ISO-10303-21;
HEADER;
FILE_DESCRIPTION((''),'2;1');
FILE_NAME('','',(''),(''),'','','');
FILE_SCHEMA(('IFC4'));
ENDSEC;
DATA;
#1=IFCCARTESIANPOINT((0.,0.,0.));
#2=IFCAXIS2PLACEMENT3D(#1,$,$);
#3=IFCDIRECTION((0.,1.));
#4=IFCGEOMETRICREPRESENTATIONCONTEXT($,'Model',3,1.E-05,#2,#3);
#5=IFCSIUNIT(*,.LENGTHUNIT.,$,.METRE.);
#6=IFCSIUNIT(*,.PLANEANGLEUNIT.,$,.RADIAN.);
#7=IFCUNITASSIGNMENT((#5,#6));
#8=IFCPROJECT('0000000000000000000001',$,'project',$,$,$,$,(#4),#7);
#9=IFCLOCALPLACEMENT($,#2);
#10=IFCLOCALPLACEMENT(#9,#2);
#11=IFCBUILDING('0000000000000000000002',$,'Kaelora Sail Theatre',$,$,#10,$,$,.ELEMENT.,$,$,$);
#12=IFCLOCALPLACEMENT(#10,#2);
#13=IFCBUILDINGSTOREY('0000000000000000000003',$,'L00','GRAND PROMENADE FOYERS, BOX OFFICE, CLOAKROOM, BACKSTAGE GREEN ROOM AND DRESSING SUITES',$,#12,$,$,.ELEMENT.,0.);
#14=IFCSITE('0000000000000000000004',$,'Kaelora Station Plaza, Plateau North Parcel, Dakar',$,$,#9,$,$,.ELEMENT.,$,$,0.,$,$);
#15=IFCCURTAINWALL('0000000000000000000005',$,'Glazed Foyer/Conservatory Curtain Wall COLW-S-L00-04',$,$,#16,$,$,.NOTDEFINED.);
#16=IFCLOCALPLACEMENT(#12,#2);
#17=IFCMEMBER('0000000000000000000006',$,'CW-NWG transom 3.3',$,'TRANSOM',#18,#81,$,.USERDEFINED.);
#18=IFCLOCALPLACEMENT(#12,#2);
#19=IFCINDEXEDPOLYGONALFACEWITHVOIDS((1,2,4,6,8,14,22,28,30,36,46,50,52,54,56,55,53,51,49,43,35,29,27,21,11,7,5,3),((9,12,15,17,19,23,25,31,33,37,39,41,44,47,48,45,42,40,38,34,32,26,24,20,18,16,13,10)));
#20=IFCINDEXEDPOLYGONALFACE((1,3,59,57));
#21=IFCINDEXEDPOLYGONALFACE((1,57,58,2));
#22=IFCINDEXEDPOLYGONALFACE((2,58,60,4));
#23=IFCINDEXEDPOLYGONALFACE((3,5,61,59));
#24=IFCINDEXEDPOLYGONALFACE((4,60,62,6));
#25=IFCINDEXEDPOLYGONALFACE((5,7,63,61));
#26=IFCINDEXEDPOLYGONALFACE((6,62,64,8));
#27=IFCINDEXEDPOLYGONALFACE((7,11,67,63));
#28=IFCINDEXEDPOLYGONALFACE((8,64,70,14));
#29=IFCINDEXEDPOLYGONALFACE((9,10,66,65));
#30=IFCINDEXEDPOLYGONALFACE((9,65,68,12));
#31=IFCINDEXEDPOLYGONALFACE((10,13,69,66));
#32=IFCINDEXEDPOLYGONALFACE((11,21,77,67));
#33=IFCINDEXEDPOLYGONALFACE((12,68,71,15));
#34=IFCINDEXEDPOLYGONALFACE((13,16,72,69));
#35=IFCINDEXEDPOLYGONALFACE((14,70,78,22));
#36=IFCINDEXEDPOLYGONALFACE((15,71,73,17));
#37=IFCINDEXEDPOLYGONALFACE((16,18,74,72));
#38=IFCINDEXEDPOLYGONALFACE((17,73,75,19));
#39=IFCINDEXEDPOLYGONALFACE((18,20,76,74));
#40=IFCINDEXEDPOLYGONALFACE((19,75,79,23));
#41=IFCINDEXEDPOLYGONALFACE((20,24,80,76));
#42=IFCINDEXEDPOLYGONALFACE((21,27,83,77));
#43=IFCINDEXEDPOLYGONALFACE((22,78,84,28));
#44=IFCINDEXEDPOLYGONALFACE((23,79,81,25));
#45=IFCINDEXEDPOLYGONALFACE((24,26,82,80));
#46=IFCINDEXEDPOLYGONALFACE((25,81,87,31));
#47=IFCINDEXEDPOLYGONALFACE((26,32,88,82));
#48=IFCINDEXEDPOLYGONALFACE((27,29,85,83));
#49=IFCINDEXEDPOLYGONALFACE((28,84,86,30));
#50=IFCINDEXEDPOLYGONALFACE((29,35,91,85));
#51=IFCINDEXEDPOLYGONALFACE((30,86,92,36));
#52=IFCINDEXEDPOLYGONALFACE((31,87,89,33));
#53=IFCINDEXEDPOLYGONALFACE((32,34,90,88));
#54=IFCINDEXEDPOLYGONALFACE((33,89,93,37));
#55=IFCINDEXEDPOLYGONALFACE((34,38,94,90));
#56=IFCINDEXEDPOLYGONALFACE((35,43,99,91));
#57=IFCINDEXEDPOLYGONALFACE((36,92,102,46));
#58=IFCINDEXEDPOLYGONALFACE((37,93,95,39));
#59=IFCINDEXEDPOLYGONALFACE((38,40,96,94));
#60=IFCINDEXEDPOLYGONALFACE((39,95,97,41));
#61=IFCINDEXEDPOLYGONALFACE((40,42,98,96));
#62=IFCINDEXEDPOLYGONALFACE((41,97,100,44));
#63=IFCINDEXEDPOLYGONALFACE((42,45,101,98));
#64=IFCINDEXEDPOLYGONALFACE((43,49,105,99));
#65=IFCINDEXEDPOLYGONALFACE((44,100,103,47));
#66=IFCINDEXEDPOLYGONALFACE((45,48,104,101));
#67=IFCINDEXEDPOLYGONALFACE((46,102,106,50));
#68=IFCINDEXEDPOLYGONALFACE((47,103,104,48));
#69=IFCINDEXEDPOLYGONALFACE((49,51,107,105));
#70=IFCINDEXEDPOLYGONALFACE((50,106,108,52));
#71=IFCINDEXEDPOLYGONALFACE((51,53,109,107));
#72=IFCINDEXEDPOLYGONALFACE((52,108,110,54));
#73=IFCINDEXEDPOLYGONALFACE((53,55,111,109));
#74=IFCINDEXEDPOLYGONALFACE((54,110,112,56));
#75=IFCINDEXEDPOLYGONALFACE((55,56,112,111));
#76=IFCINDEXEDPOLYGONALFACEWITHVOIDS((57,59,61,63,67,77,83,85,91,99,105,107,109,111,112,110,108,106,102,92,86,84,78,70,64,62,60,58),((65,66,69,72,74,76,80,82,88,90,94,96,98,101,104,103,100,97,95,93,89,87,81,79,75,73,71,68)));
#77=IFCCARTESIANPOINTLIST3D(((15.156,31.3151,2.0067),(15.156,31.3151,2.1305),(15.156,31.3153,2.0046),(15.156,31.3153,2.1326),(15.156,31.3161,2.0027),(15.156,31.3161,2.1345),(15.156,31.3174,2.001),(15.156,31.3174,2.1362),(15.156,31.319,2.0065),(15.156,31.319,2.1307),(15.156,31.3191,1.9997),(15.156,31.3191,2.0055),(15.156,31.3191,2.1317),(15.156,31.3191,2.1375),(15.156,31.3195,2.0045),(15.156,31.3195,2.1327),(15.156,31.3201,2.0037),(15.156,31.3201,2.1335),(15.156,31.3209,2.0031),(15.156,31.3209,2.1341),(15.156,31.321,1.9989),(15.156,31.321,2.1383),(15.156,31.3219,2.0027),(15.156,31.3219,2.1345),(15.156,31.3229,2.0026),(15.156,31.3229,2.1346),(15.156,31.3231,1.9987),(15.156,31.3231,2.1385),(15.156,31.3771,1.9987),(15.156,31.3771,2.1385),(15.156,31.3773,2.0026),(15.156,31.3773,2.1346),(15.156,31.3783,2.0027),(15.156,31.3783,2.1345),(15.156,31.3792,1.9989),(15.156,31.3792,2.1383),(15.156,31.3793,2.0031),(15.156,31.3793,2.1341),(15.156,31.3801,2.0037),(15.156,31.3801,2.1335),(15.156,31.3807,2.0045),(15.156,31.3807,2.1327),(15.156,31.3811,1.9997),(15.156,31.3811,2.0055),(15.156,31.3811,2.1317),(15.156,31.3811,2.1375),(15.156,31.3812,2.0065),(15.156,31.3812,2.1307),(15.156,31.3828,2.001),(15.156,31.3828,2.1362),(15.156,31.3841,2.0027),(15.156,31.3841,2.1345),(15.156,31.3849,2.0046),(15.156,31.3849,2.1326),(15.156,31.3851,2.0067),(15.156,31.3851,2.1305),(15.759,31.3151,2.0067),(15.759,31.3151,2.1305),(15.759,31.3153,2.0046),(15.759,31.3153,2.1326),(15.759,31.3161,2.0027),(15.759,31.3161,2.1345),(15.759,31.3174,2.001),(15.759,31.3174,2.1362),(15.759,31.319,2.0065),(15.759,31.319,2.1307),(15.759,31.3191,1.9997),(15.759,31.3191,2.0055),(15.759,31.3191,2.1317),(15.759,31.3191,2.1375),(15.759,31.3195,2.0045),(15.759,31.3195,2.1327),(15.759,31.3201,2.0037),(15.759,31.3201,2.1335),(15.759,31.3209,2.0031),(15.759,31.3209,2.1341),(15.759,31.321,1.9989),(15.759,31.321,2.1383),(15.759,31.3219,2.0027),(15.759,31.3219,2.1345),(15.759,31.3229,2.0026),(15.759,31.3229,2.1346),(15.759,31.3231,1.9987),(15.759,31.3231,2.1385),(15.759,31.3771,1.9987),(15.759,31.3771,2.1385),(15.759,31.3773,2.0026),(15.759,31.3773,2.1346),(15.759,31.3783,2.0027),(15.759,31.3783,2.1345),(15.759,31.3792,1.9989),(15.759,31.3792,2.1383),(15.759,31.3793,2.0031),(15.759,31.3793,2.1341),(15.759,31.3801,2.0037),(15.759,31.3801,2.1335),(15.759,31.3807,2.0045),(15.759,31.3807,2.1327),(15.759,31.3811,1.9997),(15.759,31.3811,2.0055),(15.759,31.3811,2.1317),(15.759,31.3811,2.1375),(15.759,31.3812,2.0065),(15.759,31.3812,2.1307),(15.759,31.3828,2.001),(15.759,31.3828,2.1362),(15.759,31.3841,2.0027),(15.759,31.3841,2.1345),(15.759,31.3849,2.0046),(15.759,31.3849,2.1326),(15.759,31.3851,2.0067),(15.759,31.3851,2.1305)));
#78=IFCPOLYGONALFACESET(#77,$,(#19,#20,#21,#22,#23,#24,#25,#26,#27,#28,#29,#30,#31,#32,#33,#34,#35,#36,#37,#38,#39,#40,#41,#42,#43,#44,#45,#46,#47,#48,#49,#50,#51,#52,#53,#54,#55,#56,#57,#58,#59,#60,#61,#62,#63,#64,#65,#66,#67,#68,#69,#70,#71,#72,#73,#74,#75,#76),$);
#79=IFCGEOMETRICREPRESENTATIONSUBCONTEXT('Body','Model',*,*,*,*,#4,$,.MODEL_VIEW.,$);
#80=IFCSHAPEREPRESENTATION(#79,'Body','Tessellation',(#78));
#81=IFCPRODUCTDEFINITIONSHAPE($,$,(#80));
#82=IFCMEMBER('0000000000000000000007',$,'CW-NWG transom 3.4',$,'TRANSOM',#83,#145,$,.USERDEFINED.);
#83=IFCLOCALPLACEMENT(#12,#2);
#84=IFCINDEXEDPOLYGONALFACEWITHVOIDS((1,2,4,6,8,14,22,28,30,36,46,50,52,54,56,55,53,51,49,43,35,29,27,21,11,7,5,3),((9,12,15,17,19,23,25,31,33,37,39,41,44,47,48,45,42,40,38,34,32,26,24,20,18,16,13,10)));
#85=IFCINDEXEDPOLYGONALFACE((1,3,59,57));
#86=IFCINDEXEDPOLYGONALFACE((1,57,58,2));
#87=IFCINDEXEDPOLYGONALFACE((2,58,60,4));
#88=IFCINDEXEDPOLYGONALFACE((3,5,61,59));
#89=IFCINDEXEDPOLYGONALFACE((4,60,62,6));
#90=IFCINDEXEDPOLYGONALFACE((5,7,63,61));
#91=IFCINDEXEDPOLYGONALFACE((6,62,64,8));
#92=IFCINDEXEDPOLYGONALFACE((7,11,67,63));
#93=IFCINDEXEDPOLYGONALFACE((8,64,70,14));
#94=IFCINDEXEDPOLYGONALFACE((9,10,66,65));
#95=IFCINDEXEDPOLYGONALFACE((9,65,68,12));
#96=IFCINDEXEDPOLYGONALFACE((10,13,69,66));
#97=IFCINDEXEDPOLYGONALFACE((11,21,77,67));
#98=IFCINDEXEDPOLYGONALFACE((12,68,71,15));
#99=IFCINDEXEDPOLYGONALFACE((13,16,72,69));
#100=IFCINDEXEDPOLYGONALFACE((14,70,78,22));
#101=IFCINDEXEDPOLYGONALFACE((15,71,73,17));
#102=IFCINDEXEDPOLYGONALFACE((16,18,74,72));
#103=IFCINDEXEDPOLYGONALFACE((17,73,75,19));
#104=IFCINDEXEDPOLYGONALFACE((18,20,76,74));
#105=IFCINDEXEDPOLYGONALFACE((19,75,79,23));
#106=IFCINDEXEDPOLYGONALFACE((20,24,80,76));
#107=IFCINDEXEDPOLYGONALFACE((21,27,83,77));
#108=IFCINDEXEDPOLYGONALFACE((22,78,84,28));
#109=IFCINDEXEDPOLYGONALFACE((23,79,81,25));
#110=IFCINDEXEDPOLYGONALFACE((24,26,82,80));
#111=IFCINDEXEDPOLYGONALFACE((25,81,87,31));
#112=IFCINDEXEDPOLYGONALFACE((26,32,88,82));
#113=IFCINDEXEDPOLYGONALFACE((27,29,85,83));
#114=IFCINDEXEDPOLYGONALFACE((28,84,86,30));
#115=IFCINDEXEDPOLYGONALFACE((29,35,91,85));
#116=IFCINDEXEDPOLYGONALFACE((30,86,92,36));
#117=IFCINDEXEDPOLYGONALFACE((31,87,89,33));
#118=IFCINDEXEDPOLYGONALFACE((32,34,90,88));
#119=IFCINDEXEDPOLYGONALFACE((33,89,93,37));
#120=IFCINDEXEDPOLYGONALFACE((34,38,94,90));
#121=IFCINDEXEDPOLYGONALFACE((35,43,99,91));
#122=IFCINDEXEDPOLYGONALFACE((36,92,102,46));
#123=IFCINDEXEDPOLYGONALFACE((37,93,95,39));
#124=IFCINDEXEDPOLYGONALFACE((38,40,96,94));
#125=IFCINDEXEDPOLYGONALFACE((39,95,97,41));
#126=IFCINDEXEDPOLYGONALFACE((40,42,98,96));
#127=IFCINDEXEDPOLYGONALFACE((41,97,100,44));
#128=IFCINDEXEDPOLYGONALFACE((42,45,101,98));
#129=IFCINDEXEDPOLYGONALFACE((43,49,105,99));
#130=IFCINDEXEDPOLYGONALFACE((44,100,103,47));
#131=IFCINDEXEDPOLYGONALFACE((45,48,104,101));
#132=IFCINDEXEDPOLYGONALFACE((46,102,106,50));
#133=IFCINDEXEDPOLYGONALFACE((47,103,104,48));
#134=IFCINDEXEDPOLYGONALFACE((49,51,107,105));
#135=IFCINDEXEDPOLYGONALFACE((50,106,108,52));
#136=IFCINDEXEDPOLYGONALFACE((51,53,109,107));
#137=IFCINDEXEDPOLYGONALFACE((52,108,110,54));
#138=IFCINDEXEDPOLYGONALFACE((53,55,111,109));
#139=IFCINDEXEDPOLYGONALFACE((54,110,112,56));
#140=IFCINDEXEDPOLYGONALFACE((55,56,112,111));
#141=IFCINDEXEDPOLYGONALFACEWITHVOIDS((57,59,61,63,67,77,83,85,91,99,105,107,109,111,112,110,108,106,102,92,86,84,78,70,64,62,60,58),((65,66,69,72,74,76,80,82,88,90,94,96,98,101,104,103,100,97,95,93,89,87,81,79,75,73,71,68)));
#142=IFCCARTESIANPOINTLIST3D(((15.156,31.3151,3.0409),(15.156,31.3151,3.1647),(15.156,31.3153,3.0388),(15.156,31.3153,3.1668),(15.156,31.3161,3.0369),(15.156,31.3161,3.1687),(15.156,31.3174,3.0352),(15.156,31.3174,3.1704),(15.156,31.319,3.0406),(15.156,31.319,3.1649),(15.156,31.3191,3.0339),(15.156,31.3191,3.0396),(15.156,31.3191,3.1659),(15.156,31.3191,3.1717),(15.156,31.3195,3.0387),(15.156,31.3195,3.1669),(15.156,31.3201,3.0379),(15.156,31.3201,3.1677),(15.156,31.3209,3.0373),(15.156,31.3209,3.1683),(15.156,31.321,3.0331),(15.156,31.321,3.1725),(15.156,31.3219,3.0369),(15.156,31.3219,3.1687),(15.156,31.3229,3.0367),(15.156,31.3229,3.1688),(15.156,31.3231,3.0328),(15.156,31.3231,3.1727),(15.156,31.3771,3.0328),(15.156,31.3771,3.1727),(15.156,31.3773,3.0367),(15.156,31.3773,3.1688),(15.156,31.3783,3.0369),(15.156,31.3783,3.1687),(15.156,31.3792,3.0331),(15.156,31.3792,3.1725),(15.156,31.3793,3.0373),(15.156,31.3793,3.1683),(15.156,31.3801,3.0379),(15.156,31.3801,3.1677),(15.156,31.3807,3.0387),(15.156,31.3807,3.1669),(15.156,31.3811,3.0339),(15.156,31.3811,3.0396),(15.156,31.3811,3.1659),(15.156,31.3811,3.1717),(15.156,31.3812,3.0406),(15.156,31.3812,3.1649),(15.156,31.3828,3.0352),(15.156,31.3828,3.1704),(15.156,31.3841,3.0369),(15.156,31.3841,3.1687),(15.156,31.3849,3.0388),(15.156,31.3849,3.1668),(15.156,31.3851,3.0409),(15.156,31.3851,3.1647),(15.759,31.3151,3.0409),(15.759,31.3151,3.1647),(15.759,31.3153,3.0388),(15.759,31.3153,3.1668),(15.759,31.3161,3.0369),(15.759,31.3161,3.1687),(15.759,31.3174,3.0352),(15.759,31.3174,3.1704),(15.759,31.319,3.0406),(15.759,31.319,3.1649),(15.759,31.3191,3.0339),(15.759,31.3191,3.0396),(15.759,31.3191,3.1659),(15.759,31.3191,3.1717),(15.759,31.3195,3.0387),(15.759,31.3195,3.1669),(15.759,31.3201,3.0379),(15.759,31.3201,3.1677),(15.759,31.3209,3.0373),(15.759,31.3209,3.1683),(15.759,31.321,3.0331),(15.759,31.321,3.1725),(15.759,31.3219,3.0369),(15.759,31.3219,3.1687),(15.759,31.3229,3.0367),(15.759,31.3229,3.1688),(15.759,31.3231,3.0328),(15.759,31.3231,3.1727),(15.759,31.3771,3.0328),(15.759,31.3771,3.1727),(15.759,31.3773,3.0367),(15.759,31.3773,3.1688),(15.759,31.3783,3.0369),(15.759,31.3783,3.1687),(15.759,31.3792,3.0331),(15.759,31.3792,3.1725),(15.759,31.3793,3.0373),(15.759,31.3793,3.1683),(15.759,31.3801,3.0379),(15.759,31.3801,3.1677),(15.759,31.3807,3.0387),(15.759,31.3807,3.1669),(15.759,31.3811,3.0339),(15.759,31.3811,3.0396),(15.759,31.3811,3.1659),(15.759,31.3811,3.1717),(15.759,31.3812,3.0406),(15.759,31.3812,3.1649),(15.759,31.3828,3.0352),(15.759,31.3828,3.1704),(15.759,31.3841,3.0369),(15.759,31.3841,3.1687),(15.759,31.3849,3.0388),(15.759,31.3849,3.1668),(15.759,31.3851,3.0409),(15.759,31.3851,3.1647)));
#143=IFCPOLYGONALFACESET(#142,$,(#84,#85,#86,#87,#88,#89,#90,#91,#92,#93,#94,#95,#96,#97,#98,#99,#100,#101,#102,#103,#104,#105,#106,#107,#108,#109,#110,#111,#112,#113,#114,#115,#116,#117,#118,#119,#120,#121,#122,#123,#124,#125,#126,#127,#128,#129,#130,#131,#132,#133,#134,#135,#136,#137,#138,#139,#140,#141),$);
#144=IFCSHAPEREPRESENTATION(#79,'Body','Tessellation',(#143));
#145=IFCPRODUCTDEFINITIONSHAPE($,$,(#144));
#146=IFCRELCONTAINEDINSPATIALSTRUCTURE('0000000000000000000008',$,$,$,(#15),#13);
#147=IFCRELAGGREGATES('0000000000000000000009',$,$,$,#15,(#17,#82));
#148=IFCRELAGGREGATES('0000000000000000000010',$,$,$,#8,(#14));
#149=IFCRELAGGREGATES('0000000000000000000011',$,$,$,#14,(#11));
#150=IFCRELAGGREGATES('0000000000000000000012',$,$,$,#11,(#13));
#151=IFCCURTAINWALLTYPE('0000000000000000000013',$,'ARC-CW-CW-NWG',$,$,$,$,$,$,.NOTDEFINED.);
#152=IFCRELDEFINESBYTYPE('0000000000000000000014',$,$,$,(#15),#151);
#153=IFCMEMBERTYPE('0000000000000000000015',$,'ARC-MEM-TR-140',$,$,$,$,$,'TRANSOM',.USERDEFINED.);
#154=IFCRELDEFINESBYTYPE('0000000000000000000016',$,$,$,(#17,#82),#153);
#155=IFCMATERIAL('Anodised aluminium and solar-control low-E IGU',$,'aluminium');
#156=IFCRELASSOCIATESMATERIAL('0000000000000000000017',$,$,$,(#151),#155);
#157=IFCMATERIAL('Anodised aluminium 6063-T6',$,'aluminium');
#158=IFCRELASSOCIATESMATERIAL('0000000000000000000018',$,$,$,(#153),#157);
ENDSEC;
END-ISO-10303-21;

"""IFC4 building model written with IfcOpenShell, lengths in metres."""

from ifc_helpers import new_model, si_unit, direction, frame, origin, origin_2d, place, context, subcontext, project, spatial, hollow_rectangle, extrude, material, material_profile, profile_set, type_object, element, aggregate, save


model = new_model("IFC4")

# Units and contexts
model_context = context("Model", 3, precision=1e-05, world=origin(), true_north=direction((0.0, 1.0)))
body_context = subcontext(model_context, "Body", "Model", "MODEL_VIEW")
ifc_project = project(units=[si_unit("LENGTHUNIT", "METRE"), si_unit("PLANEANGLEUNIT", "RADIAN")], contexts=[model_context])

# Site, building, storey
site_placement = place(None, origin())
site = spatial("IfcSite", under=ifc_project, at=site_placement, Name="Kaelora Station Plaza, Plateau North Parcel, Dakar", CompositionType="ELEMENT", RefElevation=0.0)
building_placement = place(site_placement, origin())
building = spatial("IfcBuilding", under=site, at=building_placement, Name="Kaelora Sail Theatre", CompositionType="ELEMENT")
storey_placement = place(building_placement, origin())
storey = spatial("IfcBuildingStorey", under=building, at=storey_placement, Name="L00", Description="GRAND PROMENADE FOYERS, BOX OFFICE, CLOAKROOM, BACKSTAGE GREEN ROOM AND DRESSING SUITES", CompositionType="ELEMENT", Elevation=0.0)

# Curtain wall, members
ifc_material_1 = material(Name="Anodised aluminium and solar-control low-E IGU", Category="aluminium")
curtain_wall_type = type_object("IfcCurtainWallType", Name="ARC-CW-CW-NWG", PredefinedType="NOTDEFINED", material=ifc_material_1)
curtain_wall_placement = place(storey_placement, origin())
curtain_wall = element("IfcCurtainWall", 1, at=curtain_wall_placement, inside=storey, type_object=curtain_wall_type, Name="Glazed Foyer/Conservatory Curtain Wall COLW-S-L00-04", PredefinedType="NOTDEFINED")
ifc_material_2 = material(Name="Anodised aluminium 6063-T6", Category="aluminium")
ifc_material_profile_1 = material_profile(ifc_material_2, hollow_rectangle(XDim=0.0701, YDim=0.1399, WallThickness=0.0039, InnerFilletRadius=0.0039, OuterFilletRadius=0.0081, at=origin_2d()), Name="ALU-TRAN 70x140x4")
ifc_profile_set_1 = profile_set([ifc_material_profile_1], Name="Anodised aluminium 6063-T6")
member_type_1 = type_object("IfcMemberType", Name="ARC-MEM-TR-140", ElementType="TRANSOM", PredefinedType="USERDEFINED", material=ifc_profile_set_1)
member_1_placement = place(storey_placement, frame((15.156, 31.3501, 2.0686), z_axis=(1.0, 0.0, 0.0), x_axis=(0.0, 1.0, 0.0)))
member_1 = element("IfcMember", 2, at=member_1_placement, type_object=member_type_1, Name="CW-NWG transom 3.3", ObjectType="TRANSOM", PredefinedType="USERDEFINED", context=body_context, shape_type="SweptSolid", body=[
    extrude(hollow_rectangle(XDim=0.0701, YDim=0.1399, WallThickness=0.0039, InnerFilletRadius=0.0039, OuterFilletRadius=0.0081, at=origin_2d()), origin(), (0.0, 0.0, 1.0), 0.603),
])
member_2_placement = place(storey_placement, frame((15.156, 31.3501, 3.1028), z_axis=(1.0, 0.0, 0.0), x_axis=(0.0, 1.0, 0.0)))
member_2 = element("IfcMember", 3, at=member_2_placement, type_object=member_type_1, Name="CW-NWG transom 3.4", ObjectType="TRANSOM", PredefinedType="USERDEFINED", context=body_context, shape_type="SweptSolid", body=[
    extrude(hollow_rectangle(XDim=0.0701, YDim=0.1399, WallThickness=0.0039, InnerFilletRadius=0.0039, OuterFilletRadius=0.0081, at=origin_2d()), origin(), (0.0, 0.0, 1.0), 0.603),
])

aggregate(curtain_wall, [member_1, member_2])

save(model, "model.ifc")
